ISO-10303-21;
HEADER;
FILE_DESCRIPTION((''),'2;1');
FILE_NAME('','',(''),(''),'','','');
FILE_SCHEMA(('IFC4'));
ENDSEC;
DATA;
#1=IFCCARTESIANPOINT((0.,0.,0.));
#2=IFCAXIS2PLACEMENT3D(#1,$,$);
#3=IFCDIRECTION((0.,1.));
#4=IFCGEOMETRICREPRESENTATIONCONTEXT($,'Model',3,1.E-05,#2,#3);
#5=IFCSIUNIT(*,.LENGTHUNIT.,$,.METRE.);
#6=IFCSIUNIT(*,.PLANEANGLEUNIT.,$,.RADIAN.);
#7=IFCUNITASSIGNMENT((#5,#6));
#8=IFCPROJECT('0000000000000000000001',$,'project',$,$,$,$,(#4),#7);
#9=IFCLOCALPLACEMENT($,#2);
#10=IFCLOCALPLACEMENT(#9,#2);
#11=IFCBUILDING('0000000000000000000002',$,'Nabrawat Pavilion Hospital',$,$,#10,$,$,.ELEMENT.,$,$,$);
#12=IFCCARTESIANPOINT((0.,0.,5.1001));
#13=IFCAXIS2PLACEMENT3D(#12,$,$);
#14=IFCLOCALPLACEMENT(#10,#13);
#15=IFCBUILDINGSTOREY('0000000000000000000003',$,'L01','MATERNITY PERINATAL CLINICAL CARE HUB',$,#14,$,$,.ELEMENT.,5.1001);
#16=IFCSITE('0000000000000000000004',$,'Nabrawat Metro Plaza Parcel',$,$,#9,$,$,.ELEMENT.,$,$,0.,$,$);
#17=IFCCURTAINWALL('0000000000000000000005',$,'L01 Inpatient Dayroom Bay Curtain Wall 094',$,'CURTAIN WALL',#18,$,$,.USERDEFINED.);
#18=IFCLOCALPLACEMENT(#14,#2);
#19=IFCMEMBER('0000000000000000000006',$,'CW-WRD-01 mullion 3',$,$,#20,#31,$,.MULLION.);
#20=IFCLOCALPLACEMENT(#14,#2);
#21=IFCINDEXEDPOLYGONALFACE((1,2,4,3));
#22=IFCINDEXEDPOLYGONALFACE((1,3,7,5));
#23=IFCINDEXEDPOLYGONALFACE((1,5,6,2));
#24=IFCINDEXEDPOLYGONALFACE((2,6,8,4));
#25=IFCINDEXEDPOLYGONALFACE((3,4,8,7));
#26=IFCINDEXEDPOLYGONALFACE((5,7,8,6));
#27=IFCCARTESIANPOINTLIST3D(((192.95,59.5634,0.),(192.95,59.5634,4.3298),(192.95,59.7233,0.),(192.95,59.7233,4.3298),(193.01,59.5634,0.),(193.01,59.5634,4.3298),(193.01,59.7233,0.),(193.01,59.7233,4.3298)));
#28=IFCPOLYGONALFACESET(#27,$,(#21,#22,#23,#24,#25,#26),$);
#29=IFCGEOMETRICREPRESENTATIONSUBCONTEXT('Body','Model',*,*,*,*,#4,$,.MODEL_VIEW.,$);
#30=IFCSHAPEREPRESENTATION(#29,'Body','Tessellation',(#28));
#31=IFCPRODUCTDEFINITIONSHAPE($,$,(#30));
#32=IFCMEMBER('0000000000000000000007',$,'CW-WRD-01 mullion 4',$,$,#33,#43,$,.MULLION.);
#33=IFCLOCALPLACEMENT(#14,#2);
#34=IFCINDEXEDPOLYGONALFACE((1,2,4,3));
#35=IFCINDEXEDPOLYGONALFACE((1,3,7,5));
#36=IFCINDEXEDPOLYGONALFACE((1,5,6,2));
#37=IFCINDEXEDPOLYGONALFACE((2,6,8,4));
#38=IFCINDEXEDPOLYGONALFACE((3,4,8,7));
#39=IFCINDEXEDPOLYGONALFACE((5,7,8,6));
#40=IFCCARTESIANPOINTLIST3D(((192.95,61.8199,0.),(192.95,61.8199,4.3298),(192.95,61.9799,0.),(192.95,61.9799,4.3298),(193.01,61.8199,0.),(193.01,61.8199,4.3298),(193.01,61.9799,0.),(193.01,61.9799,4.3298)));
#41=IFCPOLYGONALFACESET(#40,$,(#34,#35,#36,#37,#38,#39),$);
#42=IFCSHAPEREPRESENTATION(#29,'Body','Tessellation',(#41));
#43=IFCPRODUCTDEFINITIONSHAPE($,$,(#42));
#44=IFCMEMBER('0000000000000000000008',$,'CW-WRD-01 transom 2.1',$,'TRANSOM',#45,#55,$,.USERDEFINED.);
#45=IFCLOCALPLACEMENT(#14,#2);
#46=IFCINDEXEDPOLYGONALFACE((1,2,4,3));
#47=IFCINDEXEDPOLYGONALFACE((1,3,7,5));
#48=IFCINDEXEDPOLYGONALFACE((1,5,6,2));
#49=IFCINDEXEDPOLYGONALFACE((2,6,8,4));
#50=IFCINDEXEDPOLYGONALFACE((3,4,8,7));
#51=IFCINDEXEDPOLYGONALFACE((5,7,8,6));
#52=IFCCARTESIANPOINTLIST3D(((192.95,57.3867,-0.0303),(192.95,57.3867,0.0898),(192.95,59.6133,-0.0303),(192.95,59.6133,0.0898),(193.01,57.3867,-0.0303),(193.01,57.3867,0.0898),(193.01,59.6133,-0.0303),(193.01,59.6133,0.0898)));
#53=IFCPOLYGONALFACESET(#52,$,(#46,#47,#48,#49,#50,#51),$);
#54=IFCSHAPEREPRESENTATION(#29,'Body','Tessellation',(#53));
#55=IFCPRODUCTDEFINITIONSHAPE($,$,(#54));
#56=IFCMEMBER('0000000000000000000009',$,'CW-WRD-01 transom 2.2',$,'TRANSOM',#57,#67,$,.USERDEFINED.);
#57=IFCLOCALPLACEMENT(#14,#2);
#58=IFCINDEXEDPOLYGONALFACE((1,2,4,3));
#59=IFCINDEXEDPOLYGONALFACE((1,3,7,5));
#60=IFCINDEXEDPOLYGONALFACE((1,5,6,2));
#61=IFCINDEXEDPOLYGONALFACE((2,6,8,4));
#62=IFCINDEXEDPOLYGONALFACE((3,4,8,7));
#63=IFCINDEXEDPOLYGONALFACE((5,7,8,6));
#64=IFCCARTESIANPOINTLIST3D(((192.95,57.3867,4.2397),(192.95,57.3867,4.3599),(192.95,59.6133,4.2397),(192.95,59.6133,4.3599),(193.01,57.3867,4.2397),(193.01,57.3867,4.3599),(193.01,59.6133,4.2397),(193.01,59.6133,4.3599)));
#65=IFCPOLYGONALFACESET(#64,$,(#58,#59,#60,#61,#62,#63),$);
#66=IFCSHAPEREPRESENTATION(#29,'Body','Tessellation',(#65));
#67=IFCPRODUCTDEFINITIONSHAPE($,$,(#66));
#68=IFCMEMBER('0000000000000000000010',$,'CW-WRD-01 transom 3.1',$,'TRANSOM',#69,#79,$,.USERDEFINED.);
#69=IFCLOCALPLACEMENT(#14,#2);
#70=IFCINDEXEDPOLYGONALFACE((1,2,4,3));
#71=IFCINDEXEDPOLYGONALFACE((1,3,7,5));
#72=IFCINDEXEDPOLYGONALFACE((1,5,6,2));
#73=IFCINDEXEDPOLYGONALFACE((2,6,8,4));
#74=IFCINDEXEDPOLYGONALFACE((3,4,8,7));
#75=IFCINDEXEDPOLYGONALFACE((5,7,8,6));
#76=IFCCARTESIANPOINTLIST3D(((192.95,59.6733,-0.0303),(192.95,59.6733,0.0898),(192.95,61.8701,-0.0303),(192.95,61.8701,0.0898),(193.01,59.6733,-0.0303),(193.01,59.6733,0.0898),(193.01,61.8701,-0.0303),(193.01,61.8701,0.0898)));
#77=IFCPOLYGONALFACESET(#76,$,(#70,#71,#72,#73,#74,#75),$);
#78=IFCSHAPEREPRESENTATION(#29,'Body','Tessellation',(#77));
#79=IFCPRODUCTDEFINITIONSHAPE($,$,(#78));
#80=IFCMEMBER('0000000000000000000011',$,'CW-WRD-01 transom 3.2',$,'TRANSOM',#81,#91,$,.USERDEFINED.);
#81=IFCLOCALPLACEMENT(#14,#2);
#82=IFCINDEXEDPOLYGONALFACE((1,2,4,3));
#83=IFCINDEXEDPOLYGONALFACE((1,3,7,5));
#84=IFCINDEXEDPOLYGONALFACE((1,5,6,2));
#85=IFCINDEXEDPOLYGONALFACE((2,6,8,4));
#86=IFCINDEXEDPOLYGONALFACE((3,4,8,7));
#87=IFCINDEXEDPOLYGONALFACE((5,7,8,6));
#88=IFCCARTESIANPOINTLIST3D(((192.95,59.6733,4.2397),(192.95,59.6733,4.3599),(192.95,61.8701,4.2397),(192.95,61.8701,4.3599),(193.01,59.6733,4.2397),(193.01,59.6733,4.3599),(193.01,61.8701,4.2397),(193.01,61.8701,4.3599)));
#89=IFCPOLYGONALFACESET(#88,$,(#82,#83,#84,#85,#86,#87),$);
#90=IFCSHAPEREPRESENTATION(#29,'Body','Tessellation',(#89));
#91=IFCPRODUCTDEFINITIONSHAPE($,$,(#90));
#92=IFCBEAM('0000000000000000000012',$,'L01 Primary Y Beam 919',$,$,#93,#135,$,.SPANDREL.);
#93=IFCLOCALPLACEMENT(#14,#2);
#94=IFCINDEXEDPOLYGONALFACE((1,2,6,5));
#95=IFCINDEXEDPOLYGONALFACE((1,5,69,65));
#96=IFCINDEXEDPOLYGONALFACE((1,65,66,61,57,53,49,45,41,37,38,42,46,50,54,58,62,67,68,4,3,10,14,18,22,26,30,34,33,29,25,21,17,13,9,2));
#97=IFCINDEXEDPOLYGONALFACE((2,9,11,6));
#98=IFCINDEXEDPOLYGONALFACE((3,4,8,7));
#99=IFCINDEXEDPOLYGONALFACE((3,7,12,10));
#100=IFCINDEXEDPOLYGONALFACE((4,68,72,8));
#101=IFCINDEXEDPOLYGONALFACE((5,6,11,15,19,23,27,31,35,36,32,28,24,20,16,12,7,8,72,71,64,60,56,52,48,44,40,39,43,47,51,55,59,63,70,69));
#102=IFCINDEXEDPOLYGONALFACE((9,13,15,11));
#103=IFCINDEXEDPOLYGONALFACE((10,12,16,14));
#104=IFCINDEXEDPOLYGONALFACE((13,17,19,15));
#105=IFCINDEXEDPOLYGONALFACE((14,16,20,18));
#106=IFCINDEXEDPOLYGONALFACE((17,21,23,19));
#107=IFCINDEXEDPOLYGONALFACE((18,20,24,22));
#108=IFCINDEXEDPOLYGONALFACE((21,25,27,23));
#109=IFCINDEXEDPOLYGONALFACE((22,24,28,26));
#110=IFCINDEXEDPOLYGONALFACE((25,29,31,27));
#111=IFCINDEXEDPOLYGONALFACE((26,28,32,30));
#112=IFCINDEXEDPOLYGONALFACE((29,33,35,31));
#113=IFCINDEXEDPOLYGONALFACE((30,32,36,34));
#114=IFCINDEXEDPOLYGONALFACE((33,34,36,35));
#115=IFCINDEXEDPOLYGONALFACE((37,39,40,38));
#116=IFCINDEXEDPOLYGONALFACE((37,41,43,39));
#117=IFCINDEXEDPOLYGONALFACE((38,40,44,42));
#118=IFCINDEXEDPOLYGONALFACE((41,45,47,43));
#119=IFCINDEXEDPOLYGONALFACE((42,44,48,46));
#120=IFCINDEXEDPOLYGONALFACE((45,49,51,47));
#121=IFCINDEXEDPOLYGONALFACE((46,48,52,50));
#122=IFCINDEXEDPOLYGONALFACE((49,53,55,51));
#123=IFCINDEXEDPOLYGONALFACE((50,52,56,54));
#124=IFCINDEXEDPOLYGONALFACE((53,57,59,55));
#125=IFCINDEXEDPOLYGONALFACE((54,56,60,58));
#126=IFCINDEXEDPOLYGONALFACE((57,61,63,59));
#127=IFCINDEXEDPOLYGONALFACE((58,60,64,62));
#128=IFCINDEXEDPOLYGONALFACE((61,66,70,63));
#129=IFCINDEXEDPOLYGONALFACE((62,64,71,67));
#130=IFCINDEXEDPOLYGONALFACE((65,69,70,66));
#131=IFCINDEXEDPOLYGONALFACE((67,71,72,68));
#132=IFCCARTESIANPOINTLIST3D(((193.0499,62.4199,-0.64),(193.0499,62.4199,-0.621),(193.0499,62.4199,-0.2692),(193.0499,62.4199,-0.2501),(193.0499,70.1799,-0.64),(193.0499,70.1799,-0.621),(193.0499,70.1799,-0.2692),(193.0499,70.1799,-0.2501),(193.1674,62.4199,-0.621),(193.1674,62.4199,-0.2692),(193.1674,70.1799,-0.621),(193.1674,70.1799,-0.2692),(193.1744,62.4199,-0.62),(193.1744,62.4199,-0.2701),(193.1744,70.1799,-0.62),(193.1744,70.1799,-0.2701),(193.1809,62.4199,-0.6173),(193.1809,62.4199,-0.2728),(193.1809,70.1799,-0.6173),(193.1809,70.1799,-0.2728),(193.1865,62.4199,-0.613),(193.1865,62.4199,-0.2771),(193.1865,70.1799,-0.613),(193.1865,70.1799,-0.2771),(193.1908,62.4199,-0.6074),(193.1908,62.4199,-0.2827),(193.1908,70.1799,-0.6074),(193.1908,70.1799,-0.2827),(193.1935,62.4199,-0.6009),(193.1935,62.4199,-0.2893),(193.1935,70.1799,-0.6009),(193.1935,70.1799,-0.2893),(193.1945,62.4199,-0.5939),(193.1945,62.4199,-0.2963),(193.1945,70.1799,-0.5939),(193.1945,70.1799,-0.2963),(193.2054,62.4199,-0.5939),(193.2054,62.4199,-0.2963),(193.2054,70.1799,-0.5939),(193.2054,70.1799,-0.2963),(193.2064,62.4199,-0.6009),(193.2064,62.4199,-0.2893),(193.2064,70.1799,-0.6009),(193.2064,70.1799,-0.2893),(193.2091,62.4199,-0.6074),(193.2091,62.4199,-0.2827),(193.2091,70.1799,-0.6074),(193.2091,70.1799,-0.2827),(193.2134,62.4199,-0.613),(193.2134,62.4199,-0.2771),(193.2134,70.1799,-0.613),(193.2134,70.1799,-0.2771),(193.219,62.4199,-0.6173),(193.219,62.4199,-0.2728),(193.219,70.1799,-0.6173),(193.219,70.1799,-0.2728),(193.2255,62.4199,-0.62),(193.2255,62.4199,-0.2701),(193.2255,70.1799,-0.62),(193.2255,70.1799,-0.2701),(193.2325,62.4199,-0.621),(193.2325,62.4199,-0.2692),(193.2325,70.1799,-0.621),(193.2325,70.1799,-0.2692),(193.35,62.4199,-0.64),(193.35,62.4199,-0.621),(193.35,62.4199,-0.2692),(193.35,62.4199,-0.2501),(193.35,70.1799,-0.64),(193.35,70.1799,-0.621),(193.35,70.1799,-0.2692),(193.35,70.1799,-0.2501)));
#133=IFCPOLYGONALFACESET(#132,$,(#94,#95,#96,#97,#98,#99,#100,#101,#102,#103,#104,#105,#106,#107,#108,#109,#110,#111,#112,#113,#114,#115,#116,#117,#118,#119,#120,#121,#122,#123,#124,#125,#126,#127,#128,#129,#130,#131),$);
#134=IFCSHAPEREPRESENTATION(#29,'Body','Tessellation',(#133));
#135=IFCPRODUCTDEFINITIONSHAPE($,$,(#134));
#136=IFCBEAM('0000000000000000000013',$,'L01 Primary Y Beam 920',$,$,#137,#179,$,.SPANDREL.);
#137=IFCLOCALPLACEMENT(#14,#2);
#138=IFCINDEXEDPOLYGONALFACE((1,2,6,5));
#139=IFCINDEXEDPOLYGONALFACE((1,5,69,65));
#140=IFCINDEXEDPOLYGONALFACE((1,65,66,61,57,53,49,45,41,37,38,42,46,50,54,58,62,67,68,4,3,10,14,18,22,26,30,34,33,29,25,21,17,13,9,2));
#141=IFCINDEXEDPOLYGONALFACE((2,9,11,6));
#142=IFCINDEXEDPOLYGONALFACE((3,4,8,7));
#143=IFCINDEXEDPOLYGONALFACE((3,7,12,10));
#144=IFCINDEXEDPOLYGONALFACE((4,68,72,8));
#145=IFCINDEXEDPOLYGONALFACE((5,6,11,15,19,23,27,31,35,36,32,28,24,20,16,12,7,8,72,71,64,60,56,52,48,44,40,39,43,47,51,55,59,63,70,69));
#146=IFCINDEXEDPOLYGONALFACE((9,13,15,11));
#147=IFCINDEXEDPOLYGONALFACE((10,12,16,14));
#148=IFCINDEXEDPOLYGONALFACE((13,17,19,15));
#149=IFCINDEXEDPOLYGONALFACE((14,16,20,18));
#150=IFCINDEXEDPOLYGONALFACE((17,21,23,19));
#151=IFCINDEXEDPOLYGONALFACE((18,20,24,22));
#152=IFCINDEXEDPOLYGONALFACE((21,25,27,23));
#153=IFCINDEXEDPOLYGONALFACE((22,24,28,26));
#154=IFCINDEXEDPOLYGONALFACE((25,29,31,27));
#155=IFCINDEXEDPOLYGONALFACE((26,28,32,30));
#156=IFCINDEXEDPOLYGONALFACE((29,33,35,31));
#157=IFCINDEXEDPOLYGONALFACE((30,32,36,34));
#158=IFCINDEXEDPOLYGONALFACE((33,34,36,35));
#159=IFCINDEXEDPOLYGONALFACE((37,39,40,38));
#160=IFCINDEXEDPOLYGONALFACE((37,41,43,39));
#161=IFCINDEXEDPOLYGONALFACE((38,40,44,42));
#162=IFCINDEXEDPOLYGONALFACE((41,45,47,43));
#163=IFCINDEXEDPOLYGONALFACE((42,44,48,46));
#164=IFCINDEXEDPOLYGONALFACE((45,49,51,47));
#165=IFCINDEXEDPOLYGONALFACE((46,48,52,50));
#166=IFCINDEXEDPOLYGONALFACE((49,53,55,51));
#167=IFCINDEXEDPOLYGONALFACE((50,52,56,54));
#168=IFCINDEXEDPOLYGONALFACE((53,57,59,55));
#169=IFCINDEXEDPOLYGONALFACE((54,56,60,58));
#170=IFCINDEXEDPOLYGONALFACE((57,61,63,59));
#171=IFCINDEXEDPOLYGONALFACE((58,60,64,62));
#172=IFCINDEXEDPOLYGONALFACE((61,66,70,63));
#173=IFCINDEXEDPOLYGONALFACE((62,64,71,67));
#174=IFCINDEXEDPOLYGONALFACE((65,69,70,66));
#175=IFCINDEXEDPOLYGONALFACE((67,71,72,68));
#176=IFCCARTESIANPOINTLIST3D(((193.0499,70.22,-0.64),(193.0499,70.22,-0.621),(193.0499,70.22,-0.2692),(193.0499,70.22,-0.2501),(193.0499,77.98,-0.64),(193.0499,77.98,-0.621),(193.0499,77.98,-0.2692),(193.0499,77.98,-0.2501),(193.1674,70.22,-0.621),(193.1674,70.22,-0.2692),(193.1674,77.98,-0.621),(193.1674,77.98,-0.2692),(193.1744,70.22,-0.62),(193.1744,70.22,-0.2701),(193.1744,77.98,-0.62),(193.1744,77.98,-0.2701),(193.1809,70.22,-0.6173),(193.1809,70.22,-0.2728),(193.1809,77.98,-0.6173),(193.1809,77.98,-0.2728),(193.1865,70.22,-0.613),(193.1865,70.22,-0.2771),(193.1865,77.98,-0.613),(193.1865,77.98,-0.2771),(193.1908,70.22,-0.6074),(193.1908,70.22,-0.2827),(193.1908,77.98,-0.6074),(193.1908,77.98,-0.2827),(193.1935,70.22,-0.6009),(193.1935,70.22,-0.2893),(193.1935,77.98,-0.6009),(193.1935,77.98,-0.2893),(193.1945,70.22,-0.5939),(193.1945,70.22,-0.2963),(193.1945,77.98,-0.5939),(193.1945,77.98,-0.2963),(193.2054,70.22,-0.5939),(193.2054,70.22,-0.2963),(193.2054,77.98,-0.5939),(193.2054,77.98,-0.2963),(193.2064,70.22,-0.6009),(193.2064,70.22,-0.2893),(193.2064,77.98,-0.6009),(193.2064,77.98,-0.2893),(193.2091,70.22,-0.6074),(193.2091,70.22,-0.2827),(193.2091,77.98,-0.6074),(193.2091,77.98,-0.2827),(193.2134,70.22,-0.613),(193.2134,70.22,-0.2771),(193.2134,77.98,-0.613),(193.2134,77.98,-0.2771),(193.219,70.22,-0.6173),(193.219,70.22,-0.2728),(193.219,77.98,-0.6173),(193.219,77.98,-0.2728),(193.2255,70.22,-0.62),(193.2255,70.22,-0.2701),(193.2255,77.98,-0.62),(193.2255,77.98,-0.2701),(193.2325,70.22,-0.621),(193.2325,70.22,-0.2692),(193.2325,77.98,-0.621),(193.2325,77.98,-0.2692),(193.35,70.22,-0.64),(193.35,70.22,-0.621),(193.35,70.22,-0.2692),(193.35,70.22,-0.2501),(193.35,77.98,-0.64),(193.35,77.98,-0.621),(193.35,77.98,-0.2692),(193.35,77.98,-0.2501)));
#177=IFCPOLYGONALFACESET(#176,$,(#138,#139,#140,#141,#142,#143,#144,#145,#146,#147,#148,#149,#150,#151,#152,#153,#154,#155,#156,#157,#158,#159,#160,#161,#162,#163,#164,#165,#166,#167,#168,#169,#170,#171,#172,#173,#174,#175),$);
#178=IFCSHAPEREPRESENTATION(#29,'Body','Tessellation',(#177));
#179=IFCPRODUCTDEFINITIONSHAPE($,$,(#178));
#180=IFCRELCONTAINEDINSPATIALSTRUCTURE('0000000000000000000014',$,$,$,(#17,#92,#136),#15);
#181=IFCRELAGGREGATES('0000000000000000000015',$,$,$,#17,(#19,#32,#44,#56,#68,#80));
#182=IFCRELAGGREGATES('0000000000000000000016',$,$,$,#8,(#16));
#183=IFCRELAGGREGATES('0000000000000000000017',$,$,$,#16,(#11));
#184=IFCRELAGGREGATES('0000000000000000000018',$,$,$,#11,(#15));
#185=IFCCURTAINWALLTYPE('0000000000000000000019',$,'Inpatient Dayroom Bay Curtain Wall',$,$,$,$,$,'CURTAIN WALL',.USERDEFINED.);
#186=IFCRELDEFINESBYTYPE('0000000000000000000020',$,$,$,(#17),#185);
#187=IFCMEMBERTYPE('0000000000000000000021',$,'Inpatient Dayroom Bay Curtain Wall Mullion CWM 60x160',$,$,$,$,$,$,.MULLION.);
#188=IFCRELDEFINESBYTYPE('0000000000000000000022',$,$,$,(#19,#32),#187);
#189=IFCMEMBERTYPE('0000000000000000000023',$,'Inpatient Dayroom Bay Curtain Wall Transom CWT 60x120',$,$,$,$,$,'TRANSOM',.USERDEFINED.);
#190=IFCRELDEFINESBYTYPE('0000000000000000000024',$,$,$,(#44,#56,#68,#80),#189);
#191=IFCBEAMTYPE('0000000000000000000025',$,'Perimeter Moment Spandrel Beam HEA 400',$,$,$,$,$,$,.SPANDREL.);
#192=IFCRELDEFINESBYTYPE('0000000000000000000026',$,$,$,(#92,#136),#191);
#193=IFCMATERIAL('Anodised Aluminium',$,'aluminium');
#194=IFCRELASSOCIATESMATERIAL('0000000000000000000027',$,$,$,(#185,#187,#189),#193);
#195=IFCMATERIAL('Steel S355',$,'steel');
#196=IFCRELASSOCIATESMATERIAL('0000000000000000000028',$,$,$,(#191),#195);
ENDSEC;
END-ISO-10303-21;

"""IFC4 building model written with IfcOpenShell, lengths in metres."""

from ifc_helpers import new_model, si_unit, direction, frame, origin, origin_2d, place, context, subcontext, project, spatial, rectangle, i_section, extrude, material, material_profile, profile_set, type_object, element, aggregate, save


model = new_model("IFC4")

# Units and contexts
model_context = context("Model", 3, precision=1e-05, world=origin(), true_north=direction((0.0, 1.0)))
body_context = subcontext(model_context, "Body", "Model", "MODEL_VIEW")
ifc_project = project(units=[si_unit("LENGTHUNIT", "METRE"), si_unit("PLANEANGLEUNIT", "RADIAN")], contexts=[model_context])

# Site, building, storey
site_placement = place(None, origin())
site = spatial("IfcSite", under=ifc_project, at=site_placement, Name="Nabrawat Metro Plaza Parcel", CompositionType="ELEMENT", RefElevation=0.0)
building_placement = place(site_placement, origin())
building = spatial("IfcBuilding", under=site, at=building_placement, Name="Nabrawat Pavilion Hospital", CompositionType="ELEMENT")
storey_placement = place(building_placement, frame((0.0, 0.0, 5.1001)))
storey = spatial("IfcBuildingStorey", under=building, at=storey_placement, Name="L01", Description="MATERNITY PERINATAL CLINICAL CARE HUB", CompositionType="ELEMENT", Elevation=5.1001)

# Shared definitions
ifc_material_1 = material(Name="Steel S355", Category="steel")

# Curtain wall, members
ifc_material_2 = material(Name="Anodised Aluminium", Category="aluminium")
curtain_wall_type = type_object("IfcCurtainWallType", Name="Inpatient Dayroom Bay Curtain Wall", ElementType="CURTAIN WALL", PredefinedType="USERDEFINED", material=ifc_material_2)
curtain_wall_placement = place(storey_placement, origin())
curtain_wall = element("IfcCurtainWall", 1, at=curtain_wall_placement, inside=storey, type_object=curtain_wall_type, Name="L01 Inpatient Dayroom Bay Curtain Wall 094", ObjectType="CURTAIN WALL", PredefinedType="USERDEFINED")
ifc_material_profile_1 = material_profile(ifc_material_2, rectangle(XDim=0.0601, YDim=0.1599, at=origin_2d()), Name="CWM 60x160")
ifc_profile_set_1 = profile_set([ifc_material_profile_1], Name="Anodised Aluminium")
member_type_1 = type_object("IfcMemberType", Name="Inpatient Dayroom Bay Curtain Wall Mullion CWM 60x160", PredefinedType="MULLION", material=ifc_profile_set_1)
member_1_placement = place(storey_placement, frame((192.98, 59.6433, 0.0), z_axis=(0.0, 0.0, 1.0), x_axis=(-1.0, 0.0, 0.0)))
member_1 = element("IfcMember", 2, at=member_1_placement, type_object=member_type_1, Name="CW-WRD-01 mullion 3", PredefinedType="MULLION", context=body_context, shape_type="SweptSolid", body=[
    extrude(rectangle(XDim=0.0601, YDim=0.1599, at=origin_2d()), origin(), (0.0, 0.0, 1.0), 4.3298),
])
member_2_placement = place(storey_placement, frame((192.98, 61.8999, 0.0), z_axis=(0.0, 0.0, 1.0), x_axis=(-1.0, 0.0, 0.0)))
member_2 = element("IfcMember", 3, at=member_2_placement, type_object=member_type_1, Name="CW-WRD-01 mullion 4", PredefinedType="MULLION", context=body_context, shape_type="SweptSolid", body=[
    extrude(rectangle(XDim=0.0601, YDim=0.1599, at=origin_2d()), origin(), (0.0, 0.0, 1.0), 4.3298),
])
ifc_material_profile_2 = material_profile(ifc_material_2, rectangle(XDim=0.0601, YDim=0.1201, at=origin_2d()), Name="CWT 60x120")
ifc_profile_set_2 = profile_set([ifc_material_profile_2], Name="Anodised Aluminium")
member_type_2 = type_object("IfcMemberType", Name="Inpatient Dayroom Bay Curtain Wall Transom CWT 60x120", ElementType="TRANSOM", PredefinedType="USERDEFINED", material=ifc_profile_set_2)
member_3_placement = place(storey_placement, frame((192.98, 57.3867, 0.0298), z_axis=(0.0, 1.0, 0.0), x_axis=(-1.0, 0.0, 0.0)))
member_3 = element("IfcMember", 4, at=member_3_placement, type_object=member_type_2, Name="CW-WRD-01 transom 2.1", ObjectType="TRANSOM", PredefinedType="USERDEFINED", context=body_context, shape_type="SweptSolid", body=[
    extrude(rectangle(XDim=0.0601, YDim=0.1201, at=origin_2d()), origin(), (0.0, 0.0, 1.0), 2.2266),
])
member_4_placement = place(storey_placement, frame((192.98, 57.3867, 4.2998), z_axis=(0.0, 1.0, 0.0), x_axis=(-1.0, 0.0, 0.0)))
member_4 = element("IfcMember", 5, at=member_4_placement, type_object=member_type_2, Name="CW-WRD-01 transom 2.2", ObjectType="TRANSOM", PredefinedType="USERDEFINED", context=body_context, shape_type="SweptSolid", body=[
    extrude(rectangle(XDim=0.0601, YDim=0.1201, at=origin_2d()), origin(), (0.0, 0.0, 1.0), 2.2266),
])
member_5_placement = place(storey_placement, frame((192.98, 59.6733, 0.0298), z_axis=(0.0, 1.0, 0.0), x_axis=(-1.0, 0.0, 0.0)))
member_5 = element("IfcMember", 6, at=member_5_placement, type_object=member_type_2, Name="CW-WRD-01 transom 3.1", ObjectType="TRANSOM", PredefinedType="USERDEFINED", context=body_context, shape_type="SweptSolid", body=[
    extrude(rectangle(XDim=0.0601, YDim=0.1201, at=origin_2d()), origin(), (0.0, 0.0, 1.0), 2.1968),
])
member_6_placement = place(storey_placement, frame((192.98, 59.6733, 4.2998), z_axis=(0.0, 1.0, 0.0), x_axis=(-1.0, 0.0, 0.0)))
member_6 = element("IfcMember", 7, at=member_6_placement, type_object=member_type_2, Name="CW-WRD-01 transom 3.2", ObjectType="TRANSOM", PredefinedType="USERDEFINED", context=body_context, shape_type="SweptSolid", body=[
    extrude(rectangle(XDim=0.0601, YDim=0.1201, at=origin_2d()), origin(), (0.0, 0.0, 1.0), 2.1968),
])

# Beams
ifc_material_profile_3 = material_profile(ifc_material_1, i_section(OverallWidth=0.3, OverallDepth=0.3899, WebThickness=0.011, FlangeThickness=0.019, FilletRadius=0.0271, at=origin_2d()), Name="HEA 400")
ifc_profile_set_3 = profile_set([ifc_material_profile_3], Name="Steel S355")
beam_type_1 = type_object("IfcBeamType", Name="Perimeter Moment Spandrel Beam HEA 400", PredefinedType="SPANDREL", material=ifc_profile_set_3)
for number, where, z_axis, x_axis, name in (
    (8, (193.2, 62.4199, -0.4451), (0.0, 1.0, 0.0), (-1.0, 0.0, 0.0), "L01 Primary Y Beam 919"),
    (9, (193.2, 70.22, -0.4451), (0.0, 1.0, 0.0), (-1.0, 0.0, 0.0), "L01 Primary Y Beam 920"),
):
    element("IfcBeam", number, at=place(storey_placement, frame(where, z_axis=z_axis, x_axis=x_axis)), inside=storey, type_object=beam_type_1, Name=name, PredefinedType="SPANDREL", context=body_context, shape_type="SweptSolid", body=[
        extrude(i_section(OverallWidth=0.3, OverallDepth=0.3899, WebThickness=0.011, FlangeThickness=0.019, FilletRadius=0.0271, at=origin_2d()), origin(), (0.0, 0.0, 1.0), 7.76),
    ])

aggregate(curtain_wall, [member_1, member_2, member_3, member_4, member_5, member_6])

save(model, "model.ifc")
